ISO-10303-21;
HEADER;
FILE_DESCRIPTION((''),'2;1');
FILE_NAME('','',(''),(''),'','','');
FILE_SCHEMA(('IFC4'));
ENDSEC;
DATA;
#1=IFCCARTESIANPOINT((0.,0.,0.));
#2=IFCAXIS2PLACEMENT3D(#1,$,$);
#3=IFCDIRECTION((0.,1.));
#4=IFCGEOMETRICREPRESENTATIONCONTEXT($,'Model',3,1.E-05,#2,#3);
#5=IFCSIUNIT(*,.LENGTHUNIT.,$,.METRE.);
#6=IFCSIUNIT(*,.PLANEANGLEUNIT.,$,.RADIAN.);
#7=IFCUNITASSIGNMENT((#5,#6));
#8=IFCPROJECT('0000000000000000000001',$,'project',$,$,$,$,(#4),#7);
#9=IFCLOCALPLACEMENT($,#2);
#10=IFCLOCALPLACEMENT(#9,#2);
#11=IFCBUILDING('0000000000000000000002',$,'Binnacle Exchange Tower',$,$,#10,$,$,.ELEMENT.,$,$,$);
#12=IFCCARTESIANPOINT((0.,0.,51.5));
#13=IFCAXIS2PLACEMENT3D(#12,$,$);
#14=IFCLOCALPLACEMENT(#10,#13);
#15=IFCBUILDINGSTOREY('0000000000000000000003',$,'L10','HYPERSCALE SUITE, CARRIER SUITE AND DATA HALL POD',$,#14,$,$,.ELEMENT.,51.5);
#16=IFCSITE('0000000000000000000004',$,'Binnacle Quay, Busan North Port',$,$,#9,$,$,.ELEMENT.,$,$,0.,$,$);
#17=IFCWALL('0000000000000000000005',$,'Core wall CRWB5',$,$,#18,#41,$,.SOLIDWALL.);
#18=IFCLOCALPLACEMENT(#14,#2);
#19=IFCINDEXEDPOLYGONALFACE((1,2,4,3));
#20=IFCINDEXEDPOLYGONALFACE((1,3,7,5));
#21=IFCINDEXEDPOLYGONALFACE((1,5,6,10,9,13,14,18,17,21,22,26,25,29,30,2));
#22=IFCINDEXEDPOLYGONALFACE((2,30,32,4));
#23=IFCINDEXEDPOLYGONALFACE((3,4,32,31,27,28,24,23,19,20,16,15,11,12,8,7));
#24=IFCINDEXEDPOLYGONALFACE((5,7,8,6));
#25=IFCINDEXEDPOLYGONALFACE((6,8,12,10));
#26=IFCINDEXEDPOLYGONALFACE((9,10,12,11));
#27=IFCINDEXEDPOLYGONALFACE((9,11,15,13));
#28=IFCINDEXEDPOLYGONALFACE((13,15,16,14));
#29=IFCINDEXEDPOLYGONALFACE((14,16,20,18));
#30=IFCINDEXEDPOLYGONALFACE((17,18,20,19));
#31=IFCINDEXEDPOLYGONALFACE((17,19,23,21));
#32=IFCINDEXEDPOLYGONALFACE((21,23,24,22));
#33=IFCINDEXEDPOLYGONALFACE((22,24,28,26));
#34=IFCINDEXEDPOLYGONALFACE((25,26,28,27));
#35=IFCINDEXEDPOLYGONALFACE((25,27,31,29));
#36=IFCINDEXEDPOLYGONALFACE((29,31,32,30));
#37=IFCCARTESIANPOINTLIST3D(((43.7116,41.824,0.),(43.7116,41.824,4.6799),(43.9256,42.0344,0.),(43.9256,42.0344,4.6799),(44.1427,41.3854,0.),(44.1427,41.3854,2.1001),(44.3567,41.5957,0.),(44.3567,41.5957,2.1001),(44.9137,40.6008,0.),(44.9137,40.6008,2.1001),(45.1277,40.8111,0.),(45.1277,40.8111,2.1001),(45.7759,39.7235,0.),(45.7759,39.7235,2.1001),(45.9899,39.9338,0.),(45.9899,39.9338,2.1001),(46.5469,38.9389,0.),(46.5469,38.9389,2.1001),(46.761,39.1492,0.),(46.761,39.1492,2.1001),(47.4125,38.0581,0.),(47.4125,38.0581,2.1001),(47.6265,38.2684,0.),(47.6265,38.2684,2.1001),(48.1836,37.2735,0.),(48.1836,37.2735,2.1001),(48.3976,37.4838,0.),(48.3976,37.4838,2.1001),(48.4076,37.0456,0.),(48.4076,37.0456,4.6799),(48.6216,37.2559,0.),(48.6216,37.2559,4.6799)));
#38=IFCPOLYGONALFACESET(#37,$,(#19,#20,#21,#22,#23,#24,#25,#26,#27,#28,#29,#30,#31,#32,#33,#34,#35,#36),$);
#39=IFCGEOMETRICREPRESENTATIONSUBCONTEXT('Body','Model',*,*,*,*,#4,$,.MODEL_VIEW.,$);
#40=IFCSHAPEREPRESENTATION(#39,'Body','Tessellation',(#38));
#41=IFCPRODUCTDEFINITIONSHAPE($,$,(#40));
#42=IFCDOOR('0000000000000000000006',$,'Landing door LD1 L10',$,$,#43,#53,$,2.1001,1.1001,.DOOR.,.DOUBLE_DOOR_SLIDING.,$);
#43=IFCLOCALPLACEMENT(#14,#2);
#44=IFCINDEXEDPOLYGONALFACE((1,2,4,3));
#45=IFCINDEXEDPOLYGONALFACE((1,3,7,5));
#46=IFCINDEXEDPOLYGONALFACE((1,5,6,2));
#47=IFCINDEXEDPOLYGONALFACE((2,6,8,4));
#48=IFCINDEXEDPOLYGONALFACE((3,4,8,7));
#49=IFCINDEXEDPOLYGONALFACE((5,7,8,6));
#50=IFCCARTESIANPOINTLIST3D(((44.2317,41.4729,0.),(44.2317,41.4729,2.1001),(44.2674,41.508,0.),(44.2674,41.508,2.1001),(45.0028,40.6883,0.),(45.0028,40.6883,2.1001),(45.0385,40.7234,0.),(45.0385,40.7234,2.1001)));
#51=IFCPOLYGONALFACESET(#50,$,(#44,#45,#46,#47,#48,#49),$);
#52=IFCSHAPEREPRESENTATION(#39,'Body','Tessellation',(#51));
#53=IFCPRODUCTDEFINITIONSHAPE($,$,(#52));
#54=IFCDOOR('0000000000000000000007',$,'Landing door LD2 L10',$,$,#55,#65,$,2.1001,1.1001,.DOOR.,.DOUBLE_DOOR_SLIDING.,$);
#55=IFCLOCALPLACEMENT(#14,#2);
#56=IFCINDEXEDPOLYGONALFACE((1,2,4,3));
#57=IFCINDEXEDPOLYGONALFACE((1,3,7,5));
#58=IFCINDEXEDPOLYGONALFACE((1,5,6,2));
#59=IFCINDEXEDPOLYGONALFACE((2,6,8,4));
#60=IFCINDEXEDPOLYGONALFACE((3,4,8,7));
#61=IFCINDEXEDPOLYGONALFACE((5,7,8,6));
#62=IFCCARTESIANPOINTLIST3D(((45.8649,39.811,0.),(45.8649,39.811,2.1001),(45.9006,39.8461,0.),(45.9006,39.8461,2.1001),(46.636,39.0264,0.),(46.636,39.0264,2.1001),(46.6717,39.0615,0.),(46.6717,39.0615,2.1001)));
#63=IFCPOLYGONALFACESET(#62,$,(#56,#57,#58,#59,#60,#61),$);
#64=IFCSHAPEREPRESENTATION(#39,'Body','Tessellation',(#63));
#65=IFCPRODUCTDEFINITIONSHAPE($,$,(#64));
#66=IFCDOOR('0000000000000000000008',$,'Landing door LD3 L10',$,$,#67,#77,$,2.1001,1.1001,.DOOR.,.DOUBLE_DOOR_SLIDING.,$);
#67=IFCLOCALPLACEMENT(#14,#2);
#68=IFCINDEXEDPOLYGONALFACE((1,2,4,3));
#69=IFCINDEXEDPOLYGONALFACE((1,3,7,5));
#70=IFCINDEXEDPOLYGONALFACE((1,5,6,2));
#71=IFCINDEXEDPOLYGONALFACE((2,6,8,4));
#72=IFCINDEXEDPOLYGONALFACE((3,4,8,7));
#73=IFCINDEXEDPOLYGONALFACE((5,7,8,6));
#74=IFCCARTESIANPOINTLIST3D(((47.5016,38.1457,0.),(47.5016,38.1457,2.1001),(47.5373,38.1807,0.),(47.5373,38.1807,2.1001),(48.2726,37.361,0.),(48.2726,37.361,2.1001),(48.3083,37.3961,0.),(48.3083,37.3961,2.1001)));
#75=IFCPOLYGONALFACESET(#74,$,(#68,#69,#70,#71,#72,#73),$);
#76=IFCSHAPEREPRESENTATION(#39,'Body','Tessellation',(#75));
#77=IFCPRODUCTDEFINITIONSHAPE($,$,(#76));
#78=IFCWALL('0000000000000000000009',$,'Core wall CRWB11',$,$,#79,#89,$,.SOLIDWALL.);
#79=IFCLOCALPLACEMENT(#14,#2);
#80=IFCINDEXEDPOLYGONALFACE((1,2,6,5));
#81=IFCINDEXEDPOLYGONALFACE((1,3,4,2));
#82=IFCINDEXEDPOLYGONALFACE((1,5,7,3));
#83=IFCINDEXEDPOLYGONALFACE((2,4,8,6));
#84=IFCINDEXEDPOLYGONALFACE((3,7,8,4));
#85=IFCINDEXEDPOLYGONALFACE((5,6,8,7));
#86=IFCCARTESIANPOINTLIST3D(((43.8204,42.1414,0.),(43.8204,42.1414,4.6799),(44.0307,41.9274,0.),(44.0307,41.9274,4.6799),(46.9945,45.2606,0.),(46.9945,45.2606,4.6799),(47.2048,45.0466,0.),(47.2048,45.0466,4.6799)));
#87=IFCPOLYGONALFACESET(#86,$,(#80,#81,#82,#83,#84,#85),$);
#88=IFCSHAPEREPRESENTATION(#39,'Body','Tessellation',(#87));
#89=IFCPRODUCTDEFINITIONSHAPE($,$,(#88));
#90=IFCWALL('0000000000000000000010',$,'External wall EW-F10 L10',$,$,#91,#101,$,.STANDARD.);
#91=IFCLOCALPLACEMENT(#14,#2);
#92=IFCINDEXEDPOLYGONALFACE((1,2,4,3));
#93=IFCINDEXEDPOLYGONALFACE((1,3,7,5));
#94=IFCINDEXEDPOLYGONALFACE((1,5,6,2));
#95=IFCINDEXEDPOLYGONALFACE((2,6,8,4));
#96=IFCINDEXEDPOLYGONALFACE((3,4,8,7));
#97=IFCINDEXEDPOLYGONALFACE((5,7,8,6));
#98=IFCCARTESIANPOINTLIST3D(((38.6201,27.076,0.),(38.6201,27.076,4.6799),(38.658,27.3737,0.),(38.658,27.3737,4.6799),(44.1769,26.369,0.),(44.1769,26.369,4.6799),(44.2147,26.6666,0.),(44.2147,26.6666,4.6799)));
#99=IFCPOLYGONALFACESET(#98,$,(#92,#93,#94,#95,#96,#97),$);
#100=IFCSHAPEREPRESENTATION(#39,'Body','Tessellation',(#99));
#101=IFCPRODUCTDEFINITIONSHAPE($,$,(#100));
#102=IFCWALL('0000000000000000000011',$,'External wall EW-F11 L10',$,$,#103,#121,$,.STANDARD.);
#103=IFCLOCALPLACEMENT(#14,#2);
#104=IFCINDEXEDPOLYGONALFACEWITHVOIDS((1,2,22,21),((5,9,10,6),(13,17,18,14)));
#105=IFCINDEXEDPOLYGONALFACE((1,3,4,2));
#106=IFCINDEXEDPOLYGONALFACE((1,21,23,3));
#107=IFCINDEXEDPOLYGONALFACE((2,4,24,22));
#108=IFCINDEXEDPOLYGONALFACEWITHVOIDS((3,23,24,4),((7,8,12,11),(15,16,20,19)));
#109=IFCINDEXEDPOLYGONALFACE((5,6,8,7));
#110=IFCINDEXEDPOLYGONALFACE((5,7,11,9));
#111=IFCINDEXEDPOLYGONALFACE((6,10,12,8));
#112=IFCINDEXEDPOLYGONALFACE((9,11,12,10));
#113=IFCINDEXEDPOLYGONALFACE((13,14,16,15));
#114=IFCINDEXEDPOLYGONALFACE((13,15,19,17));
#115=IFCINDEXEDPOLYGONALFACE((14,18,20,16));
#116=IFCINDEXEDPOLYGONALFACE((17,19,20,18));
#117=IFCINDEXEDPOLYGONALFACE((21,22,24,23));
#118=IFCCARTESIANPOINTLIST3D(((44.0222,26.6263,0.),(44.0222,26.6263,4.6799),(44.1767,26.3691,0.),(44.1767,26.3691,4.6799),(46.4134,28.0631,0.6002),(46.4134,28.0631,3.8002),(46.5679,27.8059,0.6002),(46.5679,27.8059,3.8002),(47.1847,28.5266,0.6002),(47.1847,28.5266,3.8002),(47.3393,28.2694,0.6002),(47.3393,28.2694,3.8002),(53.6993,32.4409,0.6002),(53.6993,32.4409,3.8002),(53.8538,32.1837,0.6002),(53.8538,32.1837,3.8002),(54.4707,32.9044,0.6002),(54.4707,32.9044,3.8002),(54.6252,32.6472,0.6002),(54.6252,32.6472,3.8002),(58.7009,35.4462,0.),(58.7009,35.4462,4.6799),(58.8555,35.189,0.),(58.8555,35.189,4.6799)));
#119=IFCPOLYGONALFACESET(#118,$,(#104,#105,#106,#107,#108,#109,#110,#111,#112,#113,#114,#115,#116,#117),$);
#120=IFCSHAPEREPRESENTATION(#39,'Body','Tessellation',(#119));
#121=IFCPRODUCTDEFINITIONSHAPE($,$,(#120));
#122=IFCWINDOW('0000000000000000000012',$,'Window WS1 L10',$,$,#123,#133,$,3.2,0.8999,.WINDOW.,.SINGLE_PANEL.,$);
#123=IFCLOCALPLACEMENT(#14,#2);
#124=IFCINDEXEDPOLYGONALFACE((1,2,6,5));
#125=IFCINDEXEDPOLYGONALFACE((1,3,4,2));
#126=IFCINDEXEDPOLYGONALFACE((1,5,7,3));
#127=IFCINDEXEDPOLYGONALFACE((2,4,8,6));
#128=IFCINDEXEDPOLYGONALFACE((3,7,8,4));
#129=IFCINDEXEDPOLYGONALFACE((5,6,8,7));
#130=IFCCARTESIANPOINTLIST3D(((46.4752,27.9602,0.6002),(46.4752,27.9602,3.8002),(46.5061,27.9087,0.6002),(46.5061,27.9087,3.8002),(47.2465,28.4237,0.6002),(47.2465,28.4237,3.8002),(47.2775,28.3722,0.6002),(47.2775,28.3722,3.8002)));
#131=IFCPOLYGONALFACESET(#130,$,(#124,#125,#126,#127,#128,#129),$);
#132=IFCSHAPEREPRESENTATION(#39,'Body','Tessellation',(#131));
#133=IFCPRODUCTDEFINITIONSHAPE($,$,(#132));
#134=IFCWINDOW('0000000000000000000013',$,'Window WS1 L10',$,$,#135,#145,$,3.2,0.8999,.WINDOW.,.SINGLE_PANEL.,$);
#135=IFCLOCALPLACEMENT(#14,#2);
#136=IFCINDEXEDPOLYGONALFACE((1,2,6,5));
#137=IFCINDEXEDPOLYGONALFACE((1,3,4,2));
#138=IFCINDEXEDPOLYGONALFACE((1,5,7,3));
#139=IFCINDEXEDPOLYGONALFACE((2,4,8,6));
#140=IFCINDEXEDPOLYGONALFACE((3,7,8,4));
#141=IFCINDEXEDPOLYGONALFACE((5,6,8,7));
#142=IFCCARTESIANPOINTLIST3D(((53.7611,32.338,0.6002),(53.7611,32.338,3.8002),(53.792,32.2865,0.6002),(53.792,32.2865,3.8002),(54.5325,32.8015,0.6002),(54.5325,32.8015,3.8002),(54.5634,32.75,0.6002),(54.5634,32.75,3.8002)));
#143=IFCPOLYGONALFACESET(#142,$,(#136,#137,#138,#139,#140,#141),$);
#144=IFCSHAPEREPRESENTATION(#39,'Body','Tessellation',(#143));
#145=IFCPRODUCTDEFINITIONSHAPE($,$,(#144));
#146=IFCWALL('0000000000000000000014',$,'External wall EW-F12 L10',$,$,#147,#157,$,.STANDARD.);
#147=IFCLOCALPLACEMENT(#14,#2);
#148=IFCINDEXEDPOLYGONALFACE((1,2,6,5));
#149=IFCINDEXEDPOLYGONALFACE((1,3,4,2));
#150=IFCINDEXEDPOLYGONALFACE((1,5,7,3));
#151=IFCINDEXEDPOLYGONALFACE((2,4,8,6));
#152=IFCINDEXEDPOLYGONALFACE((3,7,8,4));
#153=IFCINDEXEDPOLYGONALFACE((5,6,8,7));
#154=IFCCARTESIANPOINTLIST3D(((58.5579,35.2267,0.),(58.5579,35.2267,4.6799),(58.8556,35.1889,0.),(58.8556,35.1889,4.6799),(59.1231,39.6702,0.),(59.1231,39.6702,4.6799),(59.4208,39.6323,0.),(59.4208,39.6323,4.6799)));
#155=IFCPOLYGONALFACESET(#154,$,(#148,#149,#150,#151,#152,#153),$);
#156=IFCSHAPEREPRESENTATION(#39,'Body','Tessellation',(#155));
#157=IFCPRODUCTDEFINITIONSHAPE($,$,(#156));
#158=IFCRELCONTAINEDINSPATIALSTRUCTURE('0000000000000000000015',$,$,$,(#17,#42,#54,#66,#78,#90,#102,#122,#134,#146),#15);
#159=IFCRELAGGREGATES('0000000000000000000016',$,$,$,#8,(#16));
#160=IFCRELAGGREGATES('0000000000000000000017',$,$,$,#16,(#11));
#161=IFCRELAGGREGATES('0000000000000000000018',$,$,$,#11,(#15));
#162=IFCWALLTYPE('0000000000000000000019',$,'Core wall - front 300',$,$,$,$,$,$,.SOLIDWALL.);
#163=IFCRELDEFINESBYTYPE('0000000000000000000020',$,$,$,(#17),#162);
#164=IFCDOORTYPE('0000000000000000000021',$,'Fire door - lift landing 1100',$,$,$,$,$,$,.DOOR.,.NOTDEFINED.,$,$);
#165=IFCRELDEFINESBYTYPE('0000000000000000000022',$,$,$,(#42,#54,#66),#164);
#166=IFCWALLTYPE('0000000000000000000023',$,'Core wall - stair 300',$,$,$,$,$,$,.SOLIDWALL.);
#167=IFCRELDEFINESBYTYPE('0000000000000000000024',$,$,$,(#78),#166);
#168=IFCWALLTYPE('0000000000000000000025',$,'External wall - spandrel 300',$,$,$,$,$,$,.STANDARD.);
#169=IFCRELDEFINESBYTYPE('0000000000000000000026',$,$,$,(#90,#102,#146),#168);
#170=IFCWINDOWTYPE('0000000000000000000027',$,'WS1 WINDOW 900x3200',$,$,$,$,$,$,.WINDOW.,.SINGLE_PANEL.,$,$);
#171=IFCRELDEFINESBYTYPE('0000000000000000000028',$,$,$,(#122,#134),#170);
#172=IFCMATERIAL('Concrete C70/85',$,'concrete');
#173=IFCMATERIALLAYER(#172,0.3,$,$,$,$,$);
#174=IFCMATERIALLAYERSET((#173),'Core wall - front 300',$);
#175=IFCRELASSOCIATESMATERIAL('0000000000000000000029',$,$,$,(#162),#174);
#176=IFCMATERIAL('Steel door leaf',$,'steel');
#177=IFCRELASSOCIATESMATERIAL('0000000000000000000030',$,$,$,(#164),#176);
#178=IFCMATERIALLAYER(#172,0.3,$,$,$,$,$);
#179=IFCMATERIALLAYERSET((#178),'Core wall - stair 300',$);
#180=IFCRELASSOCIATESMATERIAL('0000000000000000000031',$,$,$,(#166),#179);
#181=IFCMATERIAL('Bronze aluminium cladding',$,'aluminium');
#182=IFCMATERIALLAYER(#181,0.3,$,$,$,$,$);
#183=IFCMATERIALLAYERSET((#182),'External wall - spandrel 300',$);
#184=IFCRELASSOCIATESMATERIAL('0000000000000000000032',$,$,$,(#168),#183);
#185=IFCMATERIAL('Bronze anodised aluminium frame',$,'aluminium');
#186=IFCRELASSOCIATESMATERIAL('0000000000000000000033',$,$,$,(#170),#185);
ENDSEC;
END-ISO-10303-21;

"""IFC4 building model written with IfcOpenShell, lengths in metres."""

from ifc_helpers import new_model, si_unit, direction, frame, frame_2d, origin, place, context, subcontext, project, spatial, rectangle, extrude, material, layer, layer_set, type_object, element, fill, save


model = new_model("IFC4")

# Units and contexts
model_context = context("Model", 3, precision=1e-05, world=origin(), true_north=direction((0.0, 1.0)))
body_context = subcontext(model_context, "Body", "Model", "MODEL_VIEW")
ifc_project = project(units=[si_unit("LENGTHUNIT", "METRE"), si_unit("PLANEANGLEUNIT", "RADIAN")], contexts=[model_context])

# Site, building, storey
site_placement = place(None, origin())
site = spatial("IfcSite", under=ifc_project, at=site_placement, Name="Binnacle Quay, Busan North Port", CompositionType="ELEMENT", RefElevation=0.0)
building_placement = place(site_placement, origin())
building = spatial("IfcBuilding", under=site, at=building_placement, Name="Binnacle Exchange Tower", CompositionType="ELEMENT")
storey_placement = place(building_placement, frame((0.0, 0.0, 51.5)))
storey = spatial("IfcBuildingStorey", under=building, at=storey_placement, Name="L10", Description="HYPERSCALE SUITE, CARRIER SUITE AND DATA HALL POD", CompositionType="ELEMENT", Elevation=51.5)

# Shared definitions
ifc_material_1 = material(Name="Concrete C70/85", Category="concrete")

# Wall, openings, doors
ifc_layer_1 = layer(ifc_material_1, 0.3)
ifc_layer_set_1 = layer_set([ifc_layer_1], Name="Core wall - front 300")
wall_type_1 = type_object("IfcWallType", Name="Core wall - front 300", PredefinedType="SOLIDWALL", material=ifc_layer_set_1)
wall_1_placement = place(storey_placement, frame((43.8186, 41.9292, 0.0), z_axis=(0.0, 0.0, 1.0), x_axis=(0.700922, -0.713238, 0.0)))
wall_1 = element("IfcWall", 1, at=wall_1_placement, inside=storey, type_object=wall_type_1, Name="Core wall CRWB5", PredefinedType="SOLIDWALL", context=body_context, shape_type="SweptSolid", body=[
    extrude(rectangle(XDim=6.6997, YDim=0.3, at=frame_2d((3.3499, 0.0))), origin(), (0.0, 0.0, 1.0), 4.6799),
])
opening_1_placement = place(wall_1_placement, frame((0.615, 0.0, 0.0)))
opening_1 = element("IfcOpeningElement", 2, at=opening_1_placement, cuts=wall_1, PredefinedType="OPENING", context=body_context, shape_type="SweptSolid", body=[
    extrude(rectangle(XDim=1.1001, YDim=2.1001, at=frame_2d((0.55, 1.05))), frame((0.0, 0.1599, 0.0), z_axis=(0.0, -1.0, 0.0), x_axis=(1.0, 0.0, 0.0)), (0.0, 0.0, 1.0), 0.3201),
])
opening_2_placement = place(wall_1_placement, frame((2.9451, 0.0, 0.0)))
opening_2 = element("IfcOpeningElement", 3, at=opening_2_placement, cuts=wall_1, PredefinedType="OPENING", context=body_context, shape_type="SweptSolid", body=[
    extrude(rectangle(XDim=1.1001, YDim=2.1001, at=frame_2d((0.55, 1.05))), frame((0.0, 0.1599, 0.0), z_axis=(0.0, -1.0, 0.0), x_axis=(1.0, 0.0, 0.0)), (0.0, 0.0, 1.0), 0.3201),
])
opening_3_placement = place(wall_1_placement, frame((5.28, 0.0, 0.0)))
opening_3 = element("IfcOpeningElement", 4, at=opening_3_placement, cuts=wall_1, PredefinedType="OPENING", context=body_context, shape_type="SweptSolid", body=[
    extrude(rectangle(XDim=1.1001, YDim=2.1001, at=frame_2d((0.55, 1.05))), frame((0.0, 0.1599, 0.0), z_axis=(0.0, -1.0, 0.0), x_axis=(1.0, 0.0, 0.0)), (0.0, 0.0, 1.0), 0.3201),
])
ifc_material_2 = material(Name="Steel door leaf", Category="steel")
door_type_1 = type_object("IfcDoorType", Name="Fire door - lift landing 1100", OperationType="NOTDEFINED", PredefinedType="DOOR", material=ifc_material_2)
door_1_placement = place(opening_1_placement, origin())
door_1 = element("IfcDoor", 5, at=door_1_placement, inside=storey, type_object=door_type_1, Name="Landing door LD1 L10", OperationType="DOUBLE_DOOR_SLIDING", OverallHeight=2.1001, OverallWidth=1.1001, PredefinedType="DOOR", context=body_context, shape_type="SweptSolid", body=[
    extrude(rectangle(XDim=1.1001, YDim=2.1001, at=frame_2d((0.55, 1.05))), frame((0.0, 0.0249, 0.0), z_axis=(0.0, -1.0, 0.0), x_axis=(1.0, 0.0, 0.0)), (0.0, 0.0, 1.0), 0.05),
])
fill(opening_1, door_1)
door_2_placement = place(opening_2_placement, origin())
door_2 = element("IfcDoor", 6, at=door_2_placement, inside=storey, type_object=door_type_1, Name="Landing door LD2 L10", OperationType="DOUBLE_DOOR_SLIDING", OverallHeight=2.1001, OverallWidth=1.1001, PredefinedType="DOOR", context=body_context, shape_type="SweptSolid", body=[
    extrude(rectangle(XDim=1.1001, YDim=2.1001, at=frame_2d((0.55, 1.05))), frame((0.0, 0.0249, 0.0), z_axis=(0.0, -1.0, 0.0), x_axis=(1.0, 0.0, 0.0)), (0.0, 0.0, 1.0), 0.05),
])
fill(opening_2, door_2)
door_3_placement = place(opening_3_placement, origin())
door_3 = element("IfcDoor", 7, at=door_3_placement, inside=storey, type_object=door_type_1, Name="Landing door LD3 L10", OperationType="DOUBLE_DOOR_SLIDING", OverallHeight=2.1001, OverallWidth=1.1001, PredefinedType="DOOR", context=body_context, shape_type="SweptSolid", body=[
    extrude(rectangle(XDim=1.1001, YDim=2.1001, at=frame_2d((0.55, 1.05))), frame((0.0, 0.0249, 0.0), z_axis=(0.0, -1.0, 0.0), x_axis=(1.0, 0.0, 0.0)), (0.0, 0.0, 1.0), 0.05),
])
fill(opening_3, door_3)

# Walls
ifc_layer_2 = layer(ifc_material_1, 0.3)
ifc_layer_set_2 = layer_set([ifc_layer_2], Name="Core wall - stair 300")
wall_type_2 = type_object("IfcWallType", Name="Core wall - stair 300", PredefinedType="SOLIDWALL", material=ifc_layer_set_2)
wall_2_placement = place(storey_placement, frame((43.9255, 42.0344, 0.0), z_axis=(0.0, 0.0, 1.0), x_axis=(0.713252, 0.700908, 0.0)))
element("IfcWall", 8, at=wall_2_placement, inside=storey, type_object=wall_type_2, Name="Core wall CRWB11", PredefinedType="SOLIDWALL", context=body_context, shape_type="SweptSolid", body=[
    extrude(rectangle(XDim=4.4502, YDim=0.3, at=frame_2d((2.2251, 0.0))), origin(), (0.0, 0.0, 1.0), 4.6799),
])
ifc_material_3 = material(Name="Bronze aluminium cladding", Category="aluminium")
ifc_layer_3 = layer(ifc_material_3, 0.3)
ifc_layer_set_3 = layer_set([ifc_layer_3], Name="External wall - spandrel 300")
wall_type_3 = type_object("IfcWallType", Name="External wall - spandrel 300", PredefinedType="STANDARD", material=ifc_layer_set_3)
wall_3_placement = place(storey_placement, frame((44.1958, 26.5178, 0.0), z_axis=(0.0, 0.0, 1.0), x_axis=(-0.992002, 0.126223, 0.0)))
element("IfcWall", 9, at=wall_3_placement, inside=storey, type_object=wall_type_3, Name="External wall EW-F10 L10", PredefinedType="STANDARD", context=body_context, shape_type="SweptSolid", body=[
    extrude(rectangle(XDim=5.6016, YDim=0.3, at=frame_2d((2.8008, 0.0))), origin(), (0.0, 0.0, 1.0), 4.6799),
])

# Wall, openings, windows
wall_4_placement = place(storey_placement, frame((58.7783, 35.3176, 0.0), z_axis=(0.0, 0.0, 1.0), x_axis=(-0.857168, -0.515037, 0.0)))
wall_4 = element("IfcWall", 10, at=wall_4_placement, inside=storey, type_object=wall_type_3, Name="External wall EW-F11 L10", PredefinedType="STANDARD", context=body_context, shape_type="SweptSolid", body=[
    extrude(rectangle(XDim=17.1248, YDim=0.3, at=frame_2d((8.5625, 0.0))), origin(), (0.0, 0.0, 1.0), 4.6799),
])
opening_4_placement = place(wall_4_placement, frame((13.4353, 0.0, 0.6001)))
opening_4 = element("IfcOpeningElement", 11, at=opening_4_placement, cuts=wall_4, PredefinedType="OPENING", context=body_context, shape_type="SweptSolid", body=[
    extrude(rectangle(XDim=0.8999, YDim=3.2, at=frame_2d((0.45, 1.6001))), frame((0.0, 0.1599, 0.0), z_axis=(0.0, -1.0, 0.0), x_axis=(1.0, 0.0, 0.0)), (0.0, 0.0, 1.0), 0.3201),
])
opening_5_placement = place(wall_4_placement, frame((4.9353, 0.0, 0.6001)))
opening_5 = element("IfcOpeningElement", 12, at=opening_5_placement, cuts=wall_4, PredefinedType="OPENING", context=body_context, shape_type="SweptSolid", body=[
    extrude(rectangle(XDim=0.8999, YDim=3.2, at=frame_2d((0.45, 1.6001))), frame((0.0, 0.1599, 0.0), z_axis=(0.0, -1.0, 0.0), x_axis=(1.0, 0.0, 0.0)), (0.0, 0.0, 1.0), 0.3201),
])
ifc_material_4 = material(Name="Bronze anodised aluminium frame", Category="aluminium")
window_type = type_object("IfcWindowType", Name="WS1 WINDOW 900x3200", PartitioningType="SINGLE_PANEL", PredefinedType="WINDOW", material=ifc_material_4)
window_1_placement = place(opening_4_placement, origin())
window_1 = element("IfcWindow", 13, at=window_1_placement, inside=storey, type_object=window_type, Name="Window WS1 L10", OverallHeight=3.2, OverallWidth=0.8999, PartitioningType="SINGLE_PANEL", PredefinedType="WINDOW", context=body_context, shape_type="SweptSolid", body=[
    extrude(rectangle(XDim=0.8999, YDim=3.2, at=frame_2d((0.45, 1.6001))), frame((0.0, 0.03, 0.0), z_axis=(0.0, -1.0, 0.0), x_axis=(1.0, 0.0, 0.0)), (0.0, 0.0, 1.0), 0.0601),
])
fill(opening_4, window_1)
window_2_placement = place(opening_5_placement, origin())
window_2 = element("IfcWindow", 14, at=window_2_placement, inside=storey, type_object=window_type, Name="Window WS1 L10", OverallHeight=3.2, OverallWidth=0.8999, PartitioningType="SINGLE_PANEL", PredefinedType="WINDOW", context=body_context, shape_type="SweptSolid", body=[
    extrude(rectangle(XDim=0.8999, YDim=3.2, at=frame_2d((0.45, 1.6001))), frame((0.0, 0.03, 0.0), z_axis=(0.0, -1.0, 0.0), x_axis=(1.0, 0.0, 0.0)), (0.0, 0.0, 1.0), 0.0601),
])
fill(opening_5, window_2)

# Wall
wall_5_placement = place(storey_placement, frame((59.272, 39.6514, 0.0), z_axis=(0.0, 0.0, 1.0), x_axis=(-0.126181, -0.992007, 0.0)))
element("IfcWall", 15, at=wall_5_placement, inside=storey, type_object=wall_type_3, Name="External wall EW-F12 L10", PredefinedType="STANDARD", context=body_context, shape_type="SweptSolid", body=[
    extrude(rectangle(XDim=4.4792, YDim=0.3, at=frame_2d((2.2397, 0.0))), origin(), (0.0, 0.0, 1.0), 4.6799),
])

save(model, "model.ifc")
